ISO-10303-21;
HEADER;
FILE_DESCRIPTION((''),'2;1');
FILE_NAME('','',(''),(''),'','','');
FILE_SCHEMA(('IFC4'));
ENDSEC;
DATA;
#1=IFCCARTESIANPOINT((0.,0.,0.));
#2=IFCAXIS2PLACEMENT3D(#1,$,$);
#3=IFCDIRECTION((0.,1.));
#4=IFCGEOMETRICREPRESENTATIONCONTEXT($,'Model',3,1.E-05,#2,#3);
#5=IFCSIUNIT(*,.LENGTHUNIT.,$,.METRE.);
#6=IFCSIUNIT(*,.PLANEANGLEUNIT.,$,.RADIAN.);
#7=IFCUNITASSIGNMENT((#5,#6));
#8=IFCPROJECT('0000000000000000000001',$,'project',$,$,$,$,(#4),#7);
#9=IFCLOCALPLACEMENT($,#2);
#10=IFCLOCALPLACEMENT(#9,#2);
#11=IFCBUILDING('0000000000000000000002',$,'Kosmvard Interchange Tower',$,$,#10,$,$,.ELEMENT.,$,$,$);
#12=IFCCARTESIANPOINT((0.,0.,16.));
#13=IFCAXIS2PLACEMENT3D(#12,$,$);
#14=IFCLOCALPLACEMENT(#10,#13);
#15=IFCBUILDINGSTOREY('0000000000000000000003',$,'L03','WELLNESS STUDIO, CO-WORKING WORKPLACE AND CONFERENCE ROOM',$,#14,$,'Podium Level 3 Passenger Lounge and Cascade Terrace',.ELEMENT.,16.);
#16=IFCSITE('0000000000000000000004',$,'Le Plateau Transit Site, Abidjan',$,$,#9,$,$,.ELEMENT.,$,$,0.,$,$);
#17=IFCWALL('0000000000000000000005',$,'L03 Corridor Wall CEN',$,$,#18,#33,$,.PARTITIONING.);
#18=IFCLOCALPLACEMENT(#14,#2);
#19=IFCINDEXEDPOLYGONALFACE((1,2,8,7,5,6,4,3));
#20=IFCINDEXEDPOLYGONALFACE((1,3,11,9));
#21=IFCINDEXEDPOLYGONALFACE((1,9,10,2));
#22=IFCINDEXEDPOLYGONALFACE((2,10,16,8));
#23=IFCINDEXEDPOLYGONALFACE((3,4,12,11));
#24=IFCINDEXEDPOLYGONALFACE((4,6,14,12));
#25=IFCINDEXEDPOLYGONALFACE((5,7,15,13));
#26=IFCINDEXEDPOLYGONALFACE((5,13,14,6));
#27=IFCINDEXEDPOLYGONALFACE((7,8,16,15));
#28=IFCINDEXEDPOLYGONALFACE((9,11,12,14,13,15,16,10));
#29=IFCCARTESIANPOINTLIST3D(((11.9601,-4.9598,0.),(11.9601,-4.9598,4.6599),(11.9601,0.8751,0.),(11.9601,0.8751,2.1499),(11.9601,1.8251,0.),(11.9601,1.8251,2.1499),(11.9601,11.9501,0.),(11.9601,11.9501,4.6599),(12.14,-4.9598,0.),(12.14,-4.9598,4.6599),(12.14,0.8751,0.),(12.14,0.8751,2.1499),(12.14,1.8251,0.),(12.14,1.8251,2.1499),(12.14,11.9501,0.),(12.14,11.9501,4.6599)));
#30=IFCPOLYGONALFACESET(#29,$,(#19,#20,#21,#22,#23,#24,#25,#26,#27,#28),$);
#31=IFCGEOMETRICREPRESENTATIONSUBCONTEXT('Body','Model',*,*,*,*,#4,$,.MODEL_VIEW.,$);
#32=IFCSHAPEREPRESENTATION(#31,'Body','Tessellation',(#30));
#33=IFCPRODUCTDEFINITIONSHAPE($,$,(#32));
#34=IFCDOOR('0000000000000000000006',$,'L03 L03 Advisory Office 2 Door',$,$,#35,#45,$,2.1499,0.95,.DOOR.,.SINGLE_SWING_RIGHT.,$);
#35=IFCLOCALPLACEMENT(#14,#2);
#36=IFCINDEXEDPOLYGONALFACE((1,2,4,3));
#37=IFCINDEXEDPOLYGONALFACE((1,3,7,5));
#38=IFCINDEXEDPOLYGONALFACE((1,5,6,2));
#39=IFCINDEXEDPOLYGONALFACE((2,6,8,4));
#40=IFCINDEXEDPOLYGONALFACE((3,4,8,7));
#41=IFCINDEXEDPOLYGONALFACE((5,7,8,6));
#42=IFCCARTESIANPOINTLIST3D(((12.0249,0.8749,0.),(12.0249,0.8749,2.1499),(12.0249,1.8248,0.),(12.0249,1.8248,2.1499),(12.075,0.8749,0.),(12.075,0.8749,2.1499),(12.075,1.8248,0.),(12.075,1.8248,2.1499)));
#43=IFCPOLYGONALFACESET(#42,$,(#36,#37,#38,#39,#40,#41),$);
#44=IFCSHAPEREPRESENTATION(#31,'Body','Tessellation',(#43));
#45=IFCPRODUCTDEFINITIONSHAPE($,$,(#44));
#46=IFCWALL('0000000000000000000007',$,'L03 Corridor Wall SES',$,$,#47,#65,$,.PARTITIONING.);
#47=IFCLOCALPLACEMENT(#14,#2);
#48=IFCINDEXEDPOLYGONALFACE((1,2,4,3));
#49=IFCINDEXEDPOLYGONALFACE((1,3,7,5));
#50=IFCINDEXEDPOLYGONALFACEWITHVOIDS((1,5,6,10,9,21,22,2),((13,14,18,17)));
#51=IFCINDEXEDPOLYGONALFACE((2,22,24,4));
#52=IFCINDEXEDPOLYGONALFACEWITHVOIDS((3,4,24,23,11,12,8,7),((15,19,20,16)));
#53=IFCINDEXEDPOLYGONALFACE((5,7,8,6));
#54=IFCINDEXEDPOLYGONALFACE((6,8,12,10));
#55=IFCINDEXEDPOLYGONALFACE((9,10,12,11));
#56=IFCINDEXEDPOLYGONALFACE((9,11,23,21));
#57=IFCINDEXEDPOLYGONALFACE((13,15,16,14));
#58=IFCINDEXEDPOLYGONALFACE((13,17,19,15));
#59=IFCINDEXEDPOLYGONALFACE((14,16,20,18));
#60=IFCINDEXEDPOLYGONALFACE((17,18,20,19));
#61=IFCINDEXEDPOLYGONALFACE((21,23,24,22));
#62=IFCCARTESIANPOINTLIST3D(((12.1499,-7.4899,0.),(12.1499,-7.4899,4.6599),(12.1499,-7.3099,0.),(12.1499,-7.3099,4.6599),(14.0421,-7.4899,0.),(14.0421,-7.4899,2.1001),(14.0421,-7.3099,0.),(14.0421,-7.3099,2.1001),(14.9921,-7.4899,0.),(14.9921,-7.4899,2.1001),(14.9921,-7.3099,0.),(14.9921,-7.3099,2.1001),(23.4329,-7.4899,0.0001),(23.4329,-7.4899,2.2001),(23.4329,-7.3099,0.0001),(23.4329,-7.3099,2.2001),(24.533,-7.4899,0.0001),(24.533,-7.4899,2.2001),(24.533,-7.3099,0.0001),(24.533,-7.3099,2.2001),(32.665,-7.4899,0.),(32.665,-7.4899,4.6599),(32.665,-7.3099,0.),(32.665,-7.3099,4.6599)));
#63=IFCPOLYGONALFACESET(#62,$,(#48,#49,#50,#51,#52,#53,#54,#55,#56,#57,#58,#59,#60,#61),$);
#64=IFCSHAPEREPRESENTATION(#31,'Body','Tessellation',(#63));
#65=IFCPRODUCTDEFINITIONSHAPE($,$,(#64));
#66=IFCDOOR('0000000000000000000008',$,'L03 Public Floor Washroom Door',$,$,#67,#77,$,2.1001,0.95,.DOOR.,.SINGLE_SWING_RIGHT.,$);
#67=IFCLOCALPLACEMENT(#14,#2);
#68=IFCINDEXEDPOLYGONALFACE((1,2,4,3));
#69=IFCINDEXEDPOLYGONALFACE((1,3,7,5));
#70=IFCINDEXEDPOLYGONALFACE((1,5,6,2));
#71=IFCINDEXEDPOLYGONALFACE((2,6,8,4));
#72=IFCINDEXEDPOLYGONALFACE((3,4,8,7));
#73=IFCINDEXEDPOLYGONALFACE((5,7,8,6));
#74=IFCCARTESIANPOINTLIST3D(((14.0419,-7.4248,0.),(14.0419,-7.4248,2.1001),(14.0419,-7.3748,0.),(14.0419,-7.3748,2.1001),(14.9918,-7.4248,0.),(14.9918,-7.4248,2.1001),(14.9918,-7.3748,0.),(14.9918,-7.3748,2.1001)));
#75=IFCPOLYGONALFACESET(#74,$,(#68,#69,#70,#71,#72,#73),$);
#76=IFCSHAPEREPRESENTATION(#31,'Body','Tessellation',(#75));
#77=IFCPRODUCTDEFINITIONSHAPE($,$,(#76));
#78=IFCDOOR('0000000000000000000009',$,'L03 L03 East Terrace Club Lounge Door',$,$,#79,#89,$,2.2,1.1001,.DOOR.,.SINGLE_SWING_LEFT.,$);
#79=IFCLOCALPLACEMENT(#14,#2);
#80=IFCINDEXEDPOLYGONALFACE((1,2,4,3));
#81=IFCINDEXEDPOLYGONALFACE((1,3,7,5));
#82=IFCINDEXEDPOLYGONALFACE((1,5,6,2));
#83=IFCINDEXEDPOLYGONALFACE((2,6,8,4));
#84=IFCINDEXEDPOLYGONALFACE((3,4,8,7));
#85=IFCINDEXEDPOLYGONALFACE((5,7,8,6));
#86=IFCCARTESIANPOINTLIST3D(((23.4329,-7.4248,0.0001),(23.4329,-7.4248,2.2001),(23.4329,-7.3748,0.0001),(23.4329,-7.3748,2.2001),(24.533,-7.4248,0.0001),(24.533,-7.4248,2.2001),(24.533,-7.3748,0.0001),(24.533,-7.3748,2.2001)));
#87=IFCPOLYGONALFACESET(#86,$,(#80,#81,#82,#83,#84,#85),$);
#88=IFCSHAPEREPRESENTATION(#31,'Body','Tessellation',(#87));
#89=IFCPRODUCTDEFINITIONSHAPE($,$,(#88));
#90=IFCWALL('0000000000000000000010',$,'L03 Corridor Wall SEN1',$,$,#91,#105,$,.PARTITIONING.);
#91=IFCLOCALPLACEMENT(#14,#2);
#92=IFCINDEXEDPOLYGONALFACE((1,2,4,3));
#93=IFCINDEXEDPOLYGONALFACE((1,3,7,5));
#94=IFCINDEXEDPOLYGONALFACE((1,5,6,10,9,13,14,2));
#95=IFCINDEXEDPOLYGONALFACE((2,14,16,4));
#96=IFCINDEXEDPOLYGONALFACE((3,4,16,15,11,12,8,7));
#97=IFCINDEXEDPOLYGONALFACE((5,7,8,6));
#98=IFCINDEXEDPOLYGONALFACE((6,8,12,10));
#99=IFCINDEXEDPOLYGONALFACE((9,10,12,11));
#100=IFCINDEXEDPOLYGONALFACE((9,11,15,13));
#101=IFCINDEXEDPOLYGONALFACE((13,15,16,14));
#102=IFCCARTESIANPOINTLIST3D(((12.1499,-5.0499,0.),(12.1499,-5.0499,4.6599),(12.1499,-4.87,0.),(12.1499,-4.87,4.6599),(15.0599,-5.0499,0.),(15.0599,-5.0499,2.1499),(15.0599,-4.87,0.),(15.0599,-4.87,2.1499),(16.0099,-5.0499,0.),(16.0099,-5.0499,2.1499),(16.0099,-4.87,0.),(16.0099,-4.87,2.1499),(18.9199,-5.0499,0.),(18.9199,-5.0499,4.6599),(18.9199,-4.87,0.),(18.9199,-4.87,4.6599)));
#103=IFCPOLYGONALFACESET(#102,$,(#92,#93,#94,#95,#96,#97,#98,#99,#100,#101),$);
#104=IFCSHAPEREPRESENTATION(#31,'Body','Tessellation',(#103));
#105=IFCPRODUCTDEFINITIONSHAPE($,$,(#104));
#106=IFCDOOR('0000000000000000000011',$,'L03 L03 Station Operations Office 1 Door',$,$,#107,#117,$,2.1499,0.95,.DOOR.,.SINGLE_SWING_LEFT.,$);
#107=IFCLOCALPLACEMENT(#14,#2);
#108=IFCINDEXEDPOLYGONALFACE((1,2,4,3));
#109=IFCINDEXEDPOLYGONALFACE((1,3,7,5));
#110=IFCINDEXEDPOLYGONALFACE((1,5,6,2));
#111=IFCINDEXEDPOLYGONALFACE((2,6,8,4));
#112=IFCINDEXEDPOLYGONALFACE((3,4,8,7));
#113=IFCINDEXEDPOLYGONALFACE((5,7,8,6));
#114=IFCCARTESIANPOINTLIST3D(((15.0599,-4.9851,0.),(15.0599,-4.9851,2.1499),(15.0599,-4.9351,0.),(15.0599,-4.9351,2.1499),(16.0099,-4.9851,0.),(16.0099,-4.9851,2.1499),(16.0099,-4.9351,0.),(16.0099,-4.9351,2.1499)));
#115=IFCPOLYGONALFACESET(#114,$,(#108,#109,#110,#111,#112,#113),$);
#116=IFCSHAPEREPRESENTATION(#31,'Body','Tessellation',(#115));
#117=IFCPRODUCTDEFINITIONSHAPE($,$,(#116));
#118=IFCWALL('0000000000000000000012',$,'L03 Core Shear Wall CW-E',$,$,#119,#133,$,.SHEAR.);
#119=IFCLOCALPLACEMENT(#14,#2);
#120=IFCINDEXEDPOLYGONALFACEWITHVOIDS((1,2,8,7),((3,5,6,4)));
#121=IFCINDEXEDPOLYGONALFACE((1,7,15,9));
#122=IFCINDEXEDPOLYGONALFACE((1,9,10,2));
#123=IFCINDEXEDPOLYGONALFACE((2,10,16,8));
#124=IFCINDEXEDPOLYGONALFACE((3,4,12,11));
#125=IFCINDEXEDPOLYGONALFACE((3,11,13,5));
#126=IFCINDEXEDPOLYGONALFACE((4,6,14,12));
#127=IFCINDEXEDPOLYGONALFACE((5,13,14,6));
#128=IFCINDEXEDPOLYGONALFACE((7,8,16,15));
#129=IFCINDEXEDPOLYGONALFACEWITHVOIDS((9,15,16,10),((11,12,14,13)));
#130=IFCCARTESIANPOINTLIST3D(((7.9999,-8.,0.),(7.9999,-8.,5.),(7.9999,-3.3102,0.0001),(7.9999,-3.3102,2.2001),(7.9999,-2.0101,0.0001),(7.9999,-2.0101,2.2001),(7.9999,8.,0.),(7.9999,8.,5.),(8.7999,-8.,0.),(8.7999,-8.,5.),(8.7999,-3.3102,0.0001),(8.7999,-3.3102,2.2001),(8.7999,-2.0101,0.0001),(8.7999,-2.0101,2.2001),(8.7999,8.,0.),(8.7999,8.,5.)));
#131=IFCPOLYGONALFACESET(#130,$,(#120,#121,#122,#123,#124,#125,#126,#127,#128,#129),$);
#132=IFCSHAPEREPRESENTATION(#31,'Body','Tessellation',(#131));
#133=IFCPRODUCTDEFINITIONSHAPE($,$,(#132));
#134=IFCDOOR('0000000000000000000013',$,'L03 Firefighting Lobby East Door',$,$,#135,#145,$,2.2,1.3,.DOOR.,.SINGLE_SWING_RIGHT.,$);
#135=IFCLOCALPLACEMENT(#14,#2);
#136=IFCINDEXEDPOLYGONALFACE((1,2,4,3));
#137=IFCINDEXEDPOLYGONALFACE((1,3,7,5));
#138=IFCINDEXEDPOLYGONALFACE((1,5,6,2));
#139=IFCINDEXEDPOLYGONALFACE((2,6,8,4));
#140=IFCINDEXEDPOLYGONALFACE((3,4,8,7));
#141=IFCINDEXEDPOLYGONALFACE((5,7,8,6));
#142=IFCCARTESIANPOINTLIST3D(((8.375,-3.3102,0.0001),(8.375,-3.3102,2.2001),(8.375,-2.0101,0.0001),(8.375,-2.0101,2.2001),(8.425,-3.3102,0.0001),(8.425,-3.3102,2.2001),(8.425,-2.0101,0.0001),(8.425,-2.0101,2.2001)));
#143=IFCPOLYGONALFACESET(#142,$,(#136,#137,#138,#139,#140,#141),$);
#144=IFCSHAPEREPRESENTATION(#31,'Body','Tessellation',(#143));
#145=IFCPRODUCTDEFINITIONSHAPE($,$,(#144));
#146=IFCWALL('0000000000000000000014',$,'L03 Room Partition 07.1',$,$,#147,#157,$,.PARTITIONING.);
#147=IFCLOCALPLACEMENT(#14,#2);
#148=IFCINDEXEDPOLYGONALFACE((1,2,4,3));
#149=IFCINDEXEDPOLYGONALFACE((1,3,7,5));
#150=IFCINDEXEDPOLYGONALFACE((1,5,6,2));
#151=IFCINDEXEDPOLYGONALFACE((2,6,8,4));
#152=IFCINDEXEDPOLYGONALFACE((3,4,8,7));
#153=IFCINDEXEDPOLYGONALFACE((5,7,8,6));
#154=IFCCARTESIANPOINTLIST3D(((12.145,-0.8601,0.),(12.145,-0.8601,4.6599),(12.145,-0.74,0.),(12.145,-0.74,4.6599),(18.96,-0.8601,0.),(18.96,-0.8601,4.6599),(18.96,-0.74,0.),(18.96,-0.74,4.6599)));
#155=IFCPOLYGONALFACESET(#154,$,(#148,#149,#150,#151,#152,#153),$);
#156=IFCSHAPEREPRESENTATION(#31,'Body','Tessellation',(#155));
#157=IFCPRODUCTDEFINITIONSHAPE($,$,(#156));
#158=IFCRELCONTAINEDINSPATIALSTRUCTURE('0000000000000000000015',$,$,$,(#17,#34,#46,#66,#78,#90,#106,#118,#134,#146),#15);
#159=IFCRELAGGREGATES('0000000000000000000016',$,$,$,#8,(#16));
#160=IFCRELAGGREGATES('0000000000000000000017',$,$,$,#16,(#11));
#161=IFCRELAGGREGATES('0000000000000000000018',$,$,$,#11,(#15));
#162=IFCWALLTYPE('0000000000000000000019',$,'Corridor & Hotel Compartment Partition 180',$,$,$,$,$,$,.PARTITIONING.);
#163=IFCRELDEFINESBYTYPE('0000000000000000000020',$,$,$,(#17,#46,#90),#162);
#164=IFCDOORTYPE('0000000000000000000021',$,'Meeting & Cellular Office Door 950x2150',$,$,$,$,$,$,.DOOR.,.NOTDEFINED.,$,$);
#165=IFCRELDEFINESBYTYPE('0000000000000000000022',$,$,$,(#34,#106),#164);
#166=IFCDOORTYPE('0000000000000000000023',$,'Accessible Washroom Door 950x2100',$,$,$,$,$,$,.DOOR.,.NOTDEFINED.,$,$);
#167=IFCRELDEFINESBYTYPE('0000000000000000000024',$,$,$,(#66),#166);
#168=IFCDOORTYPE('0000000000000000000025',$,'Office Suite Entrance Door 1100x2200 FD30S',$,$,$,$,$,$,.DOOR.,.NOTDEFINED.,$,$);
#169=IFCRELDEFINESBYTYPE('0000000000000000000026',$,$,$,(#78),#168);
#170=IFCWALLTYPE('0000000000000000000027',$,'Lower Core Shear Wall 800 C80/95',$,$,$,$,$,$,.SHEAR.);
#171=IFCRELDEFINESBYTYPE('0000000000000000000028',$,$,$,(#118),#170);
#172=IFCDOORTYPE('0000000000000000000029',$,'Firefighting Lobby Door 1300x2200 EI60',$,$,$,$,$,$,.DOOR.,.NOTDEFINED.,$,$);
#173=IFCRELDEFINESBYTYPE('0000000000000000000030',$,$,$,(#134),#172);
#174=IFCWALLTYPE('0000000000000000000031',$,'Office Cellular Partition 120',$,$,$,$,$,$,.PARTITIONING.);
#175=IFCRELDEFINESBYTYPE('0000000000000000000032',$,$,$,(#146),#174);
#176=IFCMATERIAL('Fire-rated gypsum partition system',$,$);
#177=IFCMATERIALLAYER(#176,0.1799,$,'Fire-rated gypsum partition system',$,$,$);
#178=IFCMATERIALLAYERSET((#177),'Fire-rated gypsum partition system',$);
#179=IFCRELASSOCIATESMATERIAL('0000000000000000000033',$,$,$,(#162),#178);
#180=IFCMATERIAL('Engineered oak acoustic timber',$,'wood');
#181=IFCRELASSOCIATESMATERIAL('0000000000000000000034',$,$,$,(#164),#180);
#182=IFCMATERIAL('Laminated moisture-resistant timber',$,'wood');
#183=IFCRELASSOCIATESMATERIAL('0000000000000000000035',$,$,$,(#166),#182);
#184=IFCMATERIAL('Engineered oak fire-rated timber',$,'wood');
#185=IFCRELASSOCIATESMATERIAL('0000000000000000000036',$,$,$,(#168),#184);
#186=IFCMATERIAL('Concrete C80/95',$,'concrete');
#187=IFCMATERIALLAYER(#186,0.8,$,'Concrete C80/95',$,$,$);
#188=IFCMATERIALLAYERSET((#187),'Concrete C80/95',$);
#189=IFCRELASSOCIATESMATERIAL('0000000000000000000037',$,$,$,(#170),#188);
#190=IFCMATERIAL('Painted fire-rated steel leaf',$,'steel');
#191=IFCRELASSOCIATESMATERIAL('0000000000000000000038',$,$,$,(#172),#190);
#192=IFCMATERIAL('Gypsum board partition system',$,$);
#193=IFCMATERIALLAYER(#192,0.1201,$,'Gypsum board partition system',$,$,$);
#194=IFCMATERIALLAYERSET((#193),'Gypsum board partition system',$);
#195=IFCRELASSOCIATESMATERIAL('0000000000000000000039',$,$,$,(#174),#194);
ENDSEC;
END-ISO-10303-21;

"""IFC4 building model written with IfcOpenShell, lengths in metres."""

from ifc_helpers import new_model, si_unit, direction, frame, frame_2d, origin, place, context, subcontext, project, spatial, rectangle, extrude, source, transform, mapped, material, layer, layer_set, type_object, element, fill, save


model = new_model("IFC4")

# Units and contexts
model_context = context("Model", 3, precision=1e-05, world=origin(), true_north=direction((0.0, 1.0)))
body_context = subcontext(model_context, "Body", "Model", "MODEL_VIEW")
ifc_project = project(units=[si_unit("LENGTHUNIT", "METRE"), si_unit("PLANEANGLEUNIT", "RADIAN")], contexts=[model_context])

# Site, building, storey
site_placement = place(None, origin())
site = spatial("IfcSite", under=ifc_project, at=site_placement, Name="Le Plateau Transit Site, Abidjan", CompositionType="ELEMENT", RefElevation=0.0)
building_placement = place(site_placement, origin())
building = spatial("IfcBuilding", under=site, at=building_placement, Name="Kosmvard Interchange Tower", CompositionType="ELEMENT")
storey_placement = place(building_placement, frame((0.0, 0.0, 16.0)))
storey = spatial("IfcBuildingStorey", under=building, at=storey_placement, Name="L03", Description="WELLNESS STUDIO, CO-WORKING WORKPLACE AND CONFERENCE ROOM", LongName="Podium Level 3 Passenger Lounge and Cascade Terrace", CompositionType="ELEMENT", Elevation=16.0)

# Shared definitions
ifc_material_1 = material(Name="Fire-rated gypsum partition system")
ifc_layer_1 = layer(ifc_material_1, 0.1799, Name="Fire-rated gypsum partition system")
ifc_layer_set_1 = layer_set([ifc_layer_1], Name="Fire-rated gypsum partition system")
wall_type_1 = type_object("IfcWallType", Name="Corridor & Hotel Compartment Partition 180", PredefinedType="PARTITIONING", material=ifc_layer_set_1)
shared_shape_1 = source(origin(), body_context, "Body", "SweptSolid", [
    extrude(rectangle(XDim=1.1001, YDim=2.2, at=frame_2d((0.55, 1.1001))), frame((0.0, 0.0249, 0.0), z_axis=(0.0, -1.0, 0.0), x_axis=(1.0, 0.0, 0.0)), (0.0, 0.0, 1.0), 0.05),
])

# Wall, opening, door
wall_1_placement = place(storey_placement, frame((12.05, -4.96, 0.0), z_axis=(0.0, 0.0, 1.0), x_axis=(0.0, 1.0, 0.0)))
wall_1 = element("IfcWall", 1, at=wall_1_placement, inside=storey, type_object=wall_type_1, Name="L03 Corridor Wall CEN", PredefinedType="PARTITIONING", context=body_context, shape_type="SweptSolid", body=[
    extrude(rectangle(XDim=16.9099, YDim=0.1799, at=frame_2d((8.4551, 0.0))), origin(), (0.0, 0.0, 1.0), 4.6599),
])
opening_1_placement = place(wall_1_placement, frame((5.835, 0.0, 0.0)))
opening_1 = element("IfcOpeningElement", 2, at=opening_1_placement, cuts=wall_1, PredefinedType="OPENING", context=body_context, shape_type="SweptSolid", body=[
    extrude(rectangle(XDim=0.95, YDim=2.1499, at=frame_2d((0.4751, 1.075))), frame((0.0, 0.1001, 0.0), z_axis=(0.0, -1.0, 0.0), x_axis=(1.0, 0.0, 0.0)), (0.0, 0.0, 1.0), 0.2),
])
ifc_material_2 = material(Name="Engineered oak acoustic timber", Category="wood")
door_type_1 = type_object("IfcDoorType", Name="Meeting & Cellular Office Door 950x2150", OperationType="NOTDEFINED", PredefinedType="DOOR", material=ifc_material_2)
shared_shape_2 = source(origin(), body_context, "Body", "SweptSolid", [
    extrude(rectangle(XDim=0.95, YDim=2.1499, at=frame_2d((0.4751, 1.075))), frame((0.0, 0.0249, 0.0), z_axis=(0.0, -1.0, 0.0), x_axis=(1.0, 0.0, 0.0)), (0.0, 0.0, 1.0), 0.05),
])
door_1_placement = place(opening_1_placement, frame((0.95, 0.0, 0.0), z_axis=(0.0, 0.0, 1.0), x_axis=(-1.0, 0.0, 0.0)))
door_1 = element("IfcDoor", 3, at=door_1_placement, inside=storey, type_object=door_type_1, Name="L03 L03 Advisory Office 2 Door", OperationType="SINGLE_SWING_RIGHT", OverallHeight=2.1499, OverallWidth=0.95, PredefinedType="DOOR", context=body_context, shape_type="MappedRepresentation", body=[
    mapped(shared_shape_2, transform((0.0, 0.0, 0.0), scale=1.0)),
])
fill(opening_1, door_1)

# Wall, openings, doors
wall_2_placement = place(storey_placement, frame((12.1499, -7.3999, 0.0), z_axis=(0.0, 0.0, 1.0), x_axis=(1.0, 0.0, 0.0)))
wall_2 = element("IfcWall", 4, at=wall_2_placement, inside=storey, type_object=wall_type_1, Name="L03 Corridor Wall SES", PredefinedType="PARTITIONING", context=body_context, shape_type="SweptSolid", body=[
    extrude(rectangle(XDim=20.5151, YDim=0.1799, at=frame_2d((10.2576, 0.0))), origin(), (0.0, 0.0, 1.0), 4.6599),
])
opening_2_placement = place(wall_2_placement, frame((1.8921, 0.0, 0.0)))
opening_2 = element("IfcOpeningElement", 5, at=opening_2_placement, cuts=wall_2, PredefinedType="OPENING", context=body_context, shape_type="SweptSolid", body=[
    extrude(rectangle(XDim=0.95, YDim=2.1001, at=frame_2d((0.4751, 1.05))), frame((0.0, 0.1001, 0.0), z_axis=(0.0, -1.0, 0.0), x_axis=(1.0, 0.0, 0.0)), (0.0, 0.0, 1.0), 0.2),
])
opening_3_placement = place(wall_2_placement, frame((11.283, 0.0, 0.0)))
opening_3 = element("IfcOpeningElement", 6, at=opening_3_placement, cuts=wall_2, PredefinedType="OPENING", context=body_context, shape_type="SweptSolid", body=[
    extrude(rectangle(XDim=1.1001, YDim=2.2, at=frame_2d((0.55, 1.1001))), frame((0.0, 0.1001, 0.0), z_axis=(0.0, -1.0, 0.0), x_axis=(1.0, 0.0, 0.0)), (0.0, 0.0, 1.0), 0.2),
])
ifc_material_3 = material(Name="Laminated moisture-resistant timber", Category="wood")
door_type_2 = type_object("IfcDoorType", Name="Accessible Washroom Door 950x2100", OperationType="NOTDEFINED", PredefinedType="DOOR", material=ifc_material_3)
shared_shape_3 = source(origin(), body_context, "Body", "SweptSolid", [
    extrude(rectangle(XDim=0.95, YDim=2.1001, at=frame_2d((0.4751, 1.05))), frame((0.0, 0.0249, 0.0), z_axis=(0.0, -1.0, 0.0), x_axis=(1.0, 0.0, 0.0)), (0.0, 0.0, 1.0), 0.05),
])
door_2_placement = place(opening_2_placement, frame((0.95, 0.0, 0.0), z_axis=(0.0, 0.0, 1.0), x_axis=(-1.0, 0.0, 0.0)))
door_2 = element("IfcDoor", 7, at=door_2_placement, inside=storey, type_object=door_type_2, Name="L03 Public Floor Washroom Door", OperationType="SINGLE_SWING_RIGHT", OverallHeight=2.1001, OverallWidth=0.95, PredefinedType="DOOR", context=body_context, shape_type="MappedRepresentation", body=[
    mapped(shared_shape_3, transform((0.0, 0.0, 0.0), scale=1.0)),
])
fill(opening_2, door_2)
ifc_material_4 = material(Name="Engineered oak fire-rated timber", Category="wood")
door_type_3 = type_object("IfcDoorType", Name="Office Suite Entrance Door 1100x2200 FD30S", OperationType="NOTDEFINED", PredefinedType="DOOR", material=ifc_material_4)
door_3_placement = place(opening_3_placement, frame((1.1001, 0.0, 0.0), z_axis=(0.0, 0.0, 1.0), x_axis=(-1.0, 0.0, 0.0)))
door_3 = element("IfcDoor", 8, at=door_3_placement, inside=storey, type_object=door_type_3, Name="L03 L03 East Terrace Club Lounge Door", OperationType="SINGLE_SWING_LEFT", OverallHeight=2.2, OverallWidth=1.1001, PredefinedType="DOOR", context=body_context, shape_type="MappedRepresentation", body=[
    mapped(shared_shape_1, transform((0.0, 0.0, 0.0), scale=1.0)),
])
fill(opening_3, door_3)

# Walls, openings, doors
wall_3_placement = place(storey_placement, frame((12.1499, -4.96, 0.0), z_axis=(0.0, 0.0, 1.0), x_axis=(1.0, 0.0, 0.0)))
wall_3 = element("IfcWall", 9, at=wall_3_placement, inside=storey, type_object=wall_type_1, Name="L03 Corridor Wall SEN1", PredefinedType="PARTITIONING", context=body_context, shape_type="SweptSolid", body=[
    extrude(rectangle(XDim=6.77, YDim=0.1799, at=frame_2d((3.385, 0.0))), origin(), (0.0, 0.0, 1.0), 4.6599),
])
opening_4_placement = place(wall_3_placement, frame((2.9099, 0.0, 0.0)))
opening_4 = element("IfcOpeningElement", 10, at=opening_4_placement, cuts=wall_3, PredefinedType="OPENING", context=body_context, shape_type="SweptSolid", body=[
    extrude(rectangle(XDim=0.95, YDim=2.1499, at=frame_2d((0.4751, 1.075))), frame((0.0, 0.1001, 0.0), z_axis=(0.0, -1.0, 0.0), x_axis=(1.0, 0.0, 0.0)), (0.0, 0.0, 1.0), 0.2),
])
door_4_placement = place(opening_4_placement, origin())
door_4 = element("IfcDoor", 11, at=door_4_placement, inside=storey, type_object=door_type_1, Name="L03 L03 Station Operations Office 1 Door", OperationType="SINGLE_SWING_LEFT", OverallHeight=2.1499, OverallWidth=0.95, PredefinedType="DOOR", context=body_context, shape_type="MappedRepresentation", body=[
    mapped(shared_shape_2, transform((0.0, 0.0, 0.0), scale=1.0)),
])
fill(opening_4, door_4)
ifc_material_5 = material(Name="Concrete C80/95", Category="concrete")
ifc_layer_2 = layer(ifc_material_5, 0.8, Name="Concrete C80/95")
ifc_layer_set_2 = layer_set([ifc_layer_2], Name="Concrete C80/95")
wall_type_2 = type_object("IfcWallType", Name="Lower Core Shear Wall 800 C80/95", PredefinedType="SHEAR", material=ifc_layer_set_2)
wall_4_placement = place(storey_placement, frame((8.3999, -8.0, 0.0), z_axis=(0.0, 0.0, 1.0), x_axis=(0.0, 1.0, 0.0)))
wall_4 = element("IfcWall", 12, at=wall_4_placement, inside=storey, type_object=wall_type_2, Name="L03 Core Shear Wall CW-E", PredefinedType="SHEAR", context=body_context, shape_type="SweptSolid", body=[
    extrude(rectangle(XDim=16.0, YDim=0.8, at=frame_2d((8.0, 0.0))), origin(), (0.0, 0.0, 1.0), 5.0),
])
opening_5_placement = place(wall_4_placement, frame((4.6899, 0.0, 0.0)))
opening_5 = element("IfcOpeningElement", 13, at=opening_5_placement, cuts=wall_4, PredefinedType="OPENING", context=body_context, shape_type="SweptSolid", body=[
    extrude(rectangle(XDim=1.3, YDim=2.2, at=frame_2d((0.6499, 1.1001))), frame((0.0, 0.4102, 0.0), z_axis=(0.0, -1.0, 0.0), x_axis=(1.0, 0.0, 0.0)), (0.0, 0.0, 1.0), 0.8201),
])
ifc_material_6 = material(Name="Painted fire-rated steel leaf", Category="steel")
door_type_4 = type_object("IfcDoorType", Name="Firefighting Lobby Door 1300x2200 EI60", OperationType="NOTDEFINED", PredefinedType="DOOR", material=ifc_material_6)
shared_shape_4 = source(origin(), body_context, "Body", "SweptSolid", [
    extrude(rectangle(XDim=1.3, YDim=2.2, at=frame_2d((0.6499, 1.1001))), frame((0.0, 0.0249, 0.0), z_axis=(0.0, -1.0, 0.0), x_axis=(1.0, 0.0, 0.0)), (0.0, 0.0, 1.0), 0.05),
])
door_5_placement = place(opening_5_placement, origin())
door_5 = element("IfcDoor", 14, at=door_5_placement, inside=storey, type_object=door_type_4, Name="L03 Firefighting Lobby East Door", OperationType="SINGLE_SWING_RIGHT", OverallHeight=2.2, OverallWidth=1.3, PredefinedType="DOOR", context=body_context, shape_type="MappedRepresentation", body=[
    mapped(shared_shape_4, transform((0.0, 0.0, 0.0), scale=1.0)),
])
fill(opening_5, door_5)

# Wall
ifc_material_7 = material(Name="Gypsum board partition system")
ifc_layer_3 = layer(ifc_material_7, 0.1201, Name="Gypsum board partition system")
ifc_layer_set_3 = layer_set([ifc_layer_3], Name="Gypsum board partition system")
wall_type_3 = type_object("IfcWallType", Name="Office Cellular Partition 120", PredefinedType="PARTITIONING", material=ifc_layer_set_3)
wall_5_placement = place(storey_placement, frame((12.145, -0.8, 0.0), z_axis=(0.0, 0.0, 1.0), x_axis=(1.0, 0.0, 0.0)))
element("IfcWall", 15, at=wall_5_placement, inside=storey, type_object=wall_type_3, Name="L03 Room Partition 07.1", PredefinedType="PARTITIONING", context=body_context, shape_type="SweptSolid", body=[
    extrude(rectangle(XDim=6.8149, YDim=0.1201, at=frame_2d((3.4075, 0.0))), origin(), (0.0, 0.0, 1.0), 4.6599),
])

save(model, "model.ifc")
